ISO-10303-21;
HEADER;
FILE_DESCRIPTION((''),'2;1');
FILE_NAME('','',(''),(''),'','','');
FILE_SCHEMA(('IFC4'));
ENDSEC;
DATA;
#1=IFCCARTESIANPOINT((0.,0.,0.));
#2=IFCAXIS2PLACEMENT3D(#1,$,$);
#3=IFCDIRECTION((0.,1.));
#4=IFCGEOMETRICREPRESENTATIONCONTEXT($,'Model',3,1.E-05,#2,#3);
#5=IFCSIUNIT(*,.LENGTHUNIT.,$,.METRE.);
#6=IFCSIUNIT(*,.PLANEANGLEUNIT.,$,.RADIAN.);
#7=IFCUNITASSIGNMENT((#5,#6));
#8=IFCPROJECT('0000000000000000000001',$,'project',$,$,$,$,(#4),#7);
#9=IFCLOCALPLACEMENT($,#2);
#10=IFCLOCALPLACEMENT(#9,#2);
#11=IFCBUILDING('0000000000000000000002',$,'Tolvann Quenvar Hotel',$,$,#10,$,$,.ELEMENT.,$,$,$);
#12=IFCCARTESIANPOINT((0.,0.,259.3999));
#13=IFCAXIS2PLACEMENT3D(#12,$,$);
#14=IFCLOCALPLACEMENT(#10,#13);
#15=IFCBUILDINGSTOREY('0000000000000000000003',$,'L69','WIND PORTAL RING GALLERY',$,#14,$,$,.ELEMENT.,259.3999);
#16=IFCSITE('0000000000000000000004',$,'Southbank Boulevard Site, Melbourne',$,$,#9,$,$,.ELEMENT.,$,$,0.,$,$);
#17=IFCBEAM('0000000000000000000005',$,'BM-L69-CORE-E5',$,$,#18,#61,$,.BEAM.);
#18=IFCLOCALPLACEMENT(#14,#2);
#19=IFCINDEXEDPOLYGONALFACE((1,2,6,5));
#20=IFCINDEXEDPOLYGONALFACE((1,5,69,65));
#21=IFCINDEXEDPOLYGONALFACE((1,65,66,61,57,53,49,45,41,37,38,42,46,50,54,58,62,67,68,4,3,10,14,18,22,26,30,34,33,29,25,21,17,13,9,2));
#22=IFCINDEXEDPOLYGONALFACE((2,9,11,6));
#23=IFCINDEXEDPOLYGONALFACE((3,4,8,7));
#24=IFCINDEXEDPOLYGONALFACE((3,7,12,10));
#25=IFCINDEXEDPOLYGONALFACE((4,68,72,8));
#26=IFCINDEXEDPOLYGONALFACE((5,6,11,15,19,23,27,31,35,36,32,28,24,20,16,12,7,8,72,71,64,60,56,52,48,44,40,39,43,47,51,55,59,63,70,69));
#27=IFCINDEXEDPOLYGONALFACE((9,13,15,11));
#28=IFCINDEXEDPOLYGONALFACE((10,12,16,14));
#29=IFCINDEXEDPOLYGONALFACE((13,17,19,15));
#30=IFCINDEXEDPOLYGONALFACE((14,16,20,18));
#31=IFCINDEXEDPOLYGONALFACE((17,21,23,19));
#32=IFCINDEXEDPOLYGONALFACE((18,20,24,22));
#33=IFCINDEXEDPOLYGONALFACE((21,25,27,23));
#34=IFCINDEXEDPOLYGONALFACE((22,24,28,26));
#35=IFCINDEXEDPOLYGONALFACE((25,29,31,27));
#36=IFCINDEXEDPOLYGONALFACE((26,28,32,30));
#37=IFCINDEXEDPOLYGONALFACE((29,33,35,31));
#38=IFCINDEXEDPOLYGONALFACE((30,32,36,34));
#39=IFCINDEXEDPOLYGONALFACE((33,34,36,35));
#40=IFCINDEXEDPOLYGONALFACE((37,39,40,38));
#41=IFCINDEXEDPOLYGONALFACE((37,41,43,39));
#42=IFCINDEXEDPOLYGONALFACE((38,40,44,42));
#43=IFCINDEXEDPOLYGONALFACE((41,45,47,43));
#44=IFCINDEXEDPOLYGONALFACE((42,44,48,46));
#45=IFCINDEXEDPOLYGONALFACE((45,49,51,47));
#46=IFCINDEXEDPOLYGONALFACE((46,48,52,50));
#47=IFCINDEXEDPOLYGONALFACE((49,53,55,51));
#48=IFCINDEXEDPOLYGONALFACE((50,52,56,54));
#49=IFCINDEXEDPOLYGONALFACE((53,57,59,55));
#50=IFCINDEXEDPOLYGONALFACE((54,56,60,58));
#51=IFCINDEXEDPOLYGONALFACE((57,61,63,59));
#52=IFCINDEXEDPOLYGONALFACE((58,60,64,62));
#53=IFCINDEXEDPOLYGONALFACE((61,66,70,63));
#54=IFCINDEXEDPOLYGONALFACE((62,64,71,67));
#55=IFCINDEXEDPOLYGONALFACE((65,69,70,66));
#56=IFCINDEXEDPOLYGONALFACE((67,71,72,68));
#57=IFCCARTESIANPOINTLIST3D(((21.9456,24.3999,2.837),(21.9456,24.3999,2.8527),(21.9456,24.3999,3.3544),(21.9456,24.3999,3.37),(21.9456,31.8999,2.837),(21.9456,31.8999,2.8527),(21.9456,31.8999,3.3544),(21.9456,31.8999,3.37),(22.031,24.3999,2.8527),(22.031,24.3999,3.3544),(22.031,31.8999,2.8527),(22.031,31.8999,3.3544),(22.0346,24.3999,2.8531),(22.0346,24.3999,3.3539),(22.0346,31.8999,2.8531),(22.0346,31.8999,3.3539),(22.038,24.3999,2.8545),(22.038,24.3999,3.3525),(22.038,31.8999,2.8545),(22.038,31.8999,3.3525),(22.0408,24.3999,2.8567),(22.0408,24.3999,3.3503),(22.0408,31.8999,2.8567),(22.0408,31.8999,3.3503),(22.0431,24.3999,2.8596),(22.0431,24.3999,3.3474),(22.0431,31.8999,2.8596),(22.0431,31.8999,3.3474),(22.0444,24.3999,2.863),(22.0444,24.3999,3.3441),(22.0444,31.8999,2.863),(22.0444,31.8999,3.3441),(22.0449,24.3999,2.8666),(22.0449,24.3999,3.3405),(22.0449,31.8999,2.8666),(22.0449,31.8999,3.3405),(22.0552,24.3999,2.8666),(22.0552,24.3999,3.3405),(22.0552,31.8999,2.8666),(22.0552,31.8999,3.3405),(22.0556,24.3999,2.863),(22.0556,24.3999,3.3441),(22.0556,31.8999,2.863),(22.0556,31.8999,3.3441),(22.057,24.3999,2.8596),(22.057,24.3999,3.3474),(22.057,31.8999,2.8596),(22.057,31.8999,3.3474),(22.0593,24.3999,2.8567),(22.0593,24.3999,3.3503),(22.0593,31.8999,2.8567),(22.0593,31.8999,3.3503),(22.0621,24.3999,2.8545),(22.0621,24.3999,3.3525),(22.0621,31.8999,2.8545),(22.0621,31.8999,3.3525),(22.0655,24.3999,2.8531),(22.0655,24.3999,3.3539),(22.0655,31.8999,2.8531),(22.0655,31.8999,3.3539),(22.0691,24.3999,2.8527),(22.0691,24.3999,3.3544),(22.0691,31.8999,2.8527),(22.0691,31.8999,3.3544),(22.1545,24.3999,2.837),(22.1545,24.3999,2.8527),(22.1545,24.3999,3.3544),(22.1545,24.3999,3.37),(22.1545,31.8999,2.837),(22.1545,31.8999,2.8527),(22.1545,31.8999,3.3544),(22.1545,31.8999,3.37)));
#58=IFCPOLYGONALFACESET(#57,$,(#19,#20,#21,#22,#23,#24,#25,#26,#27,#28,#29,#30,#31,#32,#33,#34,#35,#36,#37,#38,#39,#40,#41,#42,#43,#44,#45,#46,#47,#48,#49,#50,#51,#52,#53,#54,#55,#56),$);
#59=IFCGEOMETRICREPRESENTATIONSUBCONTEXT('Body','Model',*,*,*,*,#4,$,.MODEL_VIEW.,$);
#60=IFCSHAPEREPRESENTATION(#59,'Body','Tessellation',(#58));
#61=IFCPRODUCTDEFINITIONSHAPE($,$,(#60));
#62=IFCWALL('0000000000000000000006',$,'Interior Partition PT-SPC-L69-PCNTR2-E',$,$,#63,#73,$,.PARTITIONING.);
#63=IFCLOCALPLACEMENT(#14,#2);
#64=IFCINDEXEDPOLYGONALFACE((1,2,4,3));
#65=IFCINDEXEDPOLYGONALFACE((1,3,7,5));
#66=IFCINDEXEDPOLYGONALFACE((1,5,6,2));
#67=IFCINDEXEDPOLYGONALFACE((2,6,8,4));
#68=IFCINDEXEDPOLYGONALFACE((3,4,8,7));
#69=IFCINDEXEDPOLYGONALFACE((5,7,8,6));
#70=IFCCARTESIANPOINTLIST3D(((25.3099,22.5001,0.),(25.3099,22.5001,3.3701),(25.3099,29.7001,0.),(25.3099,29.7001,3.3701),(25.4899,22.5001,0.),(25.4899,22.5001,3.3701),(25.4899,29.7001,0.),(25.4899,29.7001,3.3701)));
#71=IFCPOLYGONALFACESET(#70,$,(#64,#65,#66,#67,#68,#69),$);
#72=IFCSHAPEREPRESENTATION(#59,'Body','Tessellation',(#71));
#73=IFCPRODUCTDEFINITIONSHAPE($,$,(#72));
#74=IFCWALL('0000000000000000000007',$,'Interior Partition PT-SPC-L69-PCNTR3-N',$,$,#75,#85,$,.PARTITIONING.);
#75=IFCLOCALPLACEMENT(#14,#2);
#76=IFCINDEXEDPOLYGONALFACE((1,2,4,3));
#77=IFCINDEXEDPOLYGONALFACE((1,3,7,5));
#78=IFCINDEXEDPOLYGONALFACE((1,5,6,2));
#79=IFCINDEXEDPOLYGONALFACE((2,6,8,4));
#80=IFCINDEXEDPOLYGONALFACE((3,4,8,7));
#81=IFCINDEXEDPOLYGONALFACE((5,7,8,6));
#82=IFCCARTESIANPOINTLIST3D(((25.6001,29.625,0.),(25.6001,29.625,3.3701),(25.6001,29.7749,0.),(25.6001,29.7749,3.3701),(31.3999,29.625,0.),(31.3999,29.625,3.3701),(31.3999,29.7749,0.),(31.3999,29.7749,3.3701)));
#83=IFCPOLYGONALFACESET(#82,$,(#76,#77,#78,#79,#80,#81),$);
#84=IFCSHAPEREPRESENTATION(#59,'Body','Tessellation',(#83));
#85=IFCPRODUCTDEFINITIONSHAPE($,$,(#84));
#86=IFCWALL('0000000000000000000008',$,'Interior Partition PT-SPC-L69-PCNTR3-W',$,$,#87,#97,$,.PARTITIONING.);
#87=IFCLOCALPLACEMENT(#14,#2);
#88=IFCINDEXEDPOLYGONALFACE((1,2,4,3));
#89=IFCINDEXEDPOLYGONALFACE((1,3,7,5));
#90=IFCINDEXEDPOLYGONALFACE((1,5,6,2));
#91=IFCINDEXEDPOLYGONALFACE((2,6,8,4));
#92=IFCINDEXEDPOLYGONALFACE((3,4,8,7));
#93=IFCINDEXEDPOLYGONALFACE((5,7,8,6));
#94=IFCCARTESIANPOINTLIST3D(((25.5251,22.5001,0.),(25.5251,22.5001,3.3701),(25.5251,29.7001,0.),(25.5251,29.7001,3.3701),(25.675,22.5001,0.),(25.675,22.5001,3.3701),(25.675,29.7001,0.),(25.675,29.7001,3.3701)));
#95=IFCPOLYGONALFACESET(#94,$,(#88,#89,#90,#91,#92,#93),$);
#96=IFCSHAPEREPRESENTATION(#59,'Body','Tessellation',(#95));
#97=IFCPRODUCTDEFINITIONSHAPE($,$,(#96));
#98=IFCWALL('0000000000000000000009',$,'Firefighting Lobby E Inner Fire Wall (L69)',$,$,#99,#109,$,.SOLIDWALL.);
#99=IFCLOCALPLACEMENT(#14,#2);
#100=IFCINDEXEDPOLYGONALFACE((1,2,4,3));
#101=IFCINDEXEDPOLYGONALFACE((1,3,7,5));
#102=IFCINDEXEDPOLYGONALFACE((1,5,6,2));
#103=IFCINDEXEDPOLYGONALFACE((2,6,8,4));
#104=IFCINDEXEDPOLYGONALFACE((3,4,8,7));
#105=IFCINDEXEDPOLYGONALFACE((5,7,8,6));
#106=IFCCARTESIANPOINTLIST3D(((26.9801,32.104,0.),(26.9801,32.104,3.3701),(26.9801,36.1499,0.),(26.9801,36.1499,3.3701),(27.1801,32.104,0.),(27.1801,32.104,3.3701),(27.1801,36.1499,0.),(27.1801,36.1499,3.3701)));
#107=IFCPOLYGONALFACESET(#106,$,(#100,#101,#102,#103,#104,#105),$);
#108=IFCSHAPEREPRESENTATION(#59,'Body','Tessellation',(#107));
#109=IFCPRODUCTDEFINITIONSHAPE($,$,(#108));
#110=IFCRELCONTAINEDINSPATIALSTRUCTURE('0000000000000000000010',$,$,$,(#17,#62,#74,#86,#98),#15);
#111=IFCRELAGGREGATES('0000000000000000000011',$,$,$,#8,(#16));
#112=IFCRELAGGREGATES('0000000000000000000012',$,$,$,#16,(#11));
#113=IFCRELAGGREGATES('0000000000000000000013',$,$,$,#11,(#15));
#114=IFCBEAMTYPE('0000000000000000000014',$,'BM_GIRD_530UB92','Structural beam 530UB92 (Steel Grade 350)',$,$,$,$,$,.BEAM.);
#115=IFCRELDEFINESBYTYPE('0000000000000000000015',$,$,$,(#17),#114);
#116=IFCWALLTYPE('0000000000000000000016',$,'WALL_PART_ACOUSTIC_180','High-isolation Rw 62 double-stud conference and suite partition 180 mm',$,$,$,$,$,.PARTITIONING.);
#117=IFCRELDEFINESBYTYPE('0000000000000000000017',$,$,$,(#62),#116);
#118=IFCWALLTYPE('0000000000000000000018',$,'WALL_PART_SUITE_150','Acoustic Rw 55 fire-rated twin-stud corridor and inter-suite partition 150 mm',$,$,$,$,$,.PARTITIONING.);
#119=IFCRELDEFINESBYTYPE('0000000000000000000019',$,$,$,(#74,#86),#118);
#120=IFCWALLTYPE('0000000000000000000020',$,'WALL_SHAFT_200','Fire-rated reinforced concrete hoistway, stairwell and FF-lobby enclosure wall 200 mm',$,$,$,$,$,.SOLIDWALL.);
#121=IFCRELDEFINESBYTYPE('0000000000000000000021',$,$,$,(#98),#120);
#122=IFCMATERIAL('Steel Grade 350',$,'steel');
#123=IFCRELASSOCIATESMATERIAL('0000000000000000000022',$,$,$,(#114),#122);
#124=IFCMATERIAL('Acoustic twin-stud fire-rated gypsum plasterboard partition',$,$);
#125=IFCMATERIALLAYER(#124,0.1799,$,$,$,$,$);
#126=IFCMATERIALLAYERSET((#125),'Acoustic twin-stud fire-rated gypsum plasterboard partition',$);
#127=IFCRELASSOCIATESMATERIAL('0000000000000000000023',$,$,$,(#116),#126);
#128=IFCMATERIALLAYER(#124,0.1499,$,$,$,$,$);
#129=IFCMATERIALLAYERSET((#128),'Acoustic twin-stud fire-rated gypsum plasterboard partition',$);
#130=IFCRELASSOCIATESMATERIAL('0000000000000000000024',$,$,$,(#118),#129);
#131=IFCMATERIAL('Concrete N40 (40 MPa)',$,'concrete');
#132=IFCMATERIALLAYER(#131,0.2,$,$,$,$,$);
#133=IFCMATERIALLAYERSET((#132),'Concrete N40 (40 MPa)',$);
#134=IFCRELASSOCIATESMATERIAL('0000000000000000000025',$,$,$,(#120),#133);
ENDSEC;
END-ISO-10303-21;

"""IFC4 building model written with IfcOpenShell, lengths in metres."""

from ifc_helpers import new_model, si_unit, direction, frame, frame_2d, origin, origin_2d, place, context, subcontext, project, spatial, rectangle, i_section, extrude, source, transform, mapped, material, layer, layer_set, material_profile, profile_set, type_object, element, save


model = new_model("IFC4")

# Units and contexts
model_context = context("Model", 3, precision=1e-05, world=origin(), true_north=direction((0.0, 1.0)))
body_context = subcontext(model_context, "Body", "Model", "MODEL_VIEW")
ifc_project = project(units=[si_unit("LENGTHUNIT", "METRE"), si_unit("PLANEANGLEUNIT", "RADIAN")], contexts=[model_context])

# Site, building, storey
site_placement = place(None, origin())
site = spatial("IfcSite", under=ifc_project, at=site_placement, Name="Southbank Boulevard Site, Melbourne", CompositionType="ELEMENT", RefElevation=0.0)
building_placement = place(site_placement, origin())
building = spatial("IfcBuilding", under=site, at=building_placement, Name="Tolvann Quenvar Hotel", CompositionType="ELEMENT")
storey_placement = place(building_placement, frame((0.0, 0.0, 259.3999)))
storey = spatial("IfcBuildingStorey", under=building, at=storey_placement, Name="L69", Description="WIND PORTAL RING GALLERY", CompositionType="ELEMENT", Elevation=259.3999)

# Shared definitions
ifc_material_1 = material(Name="Steel Grade 350", Category="steel")

# Beam
ifc_material_profile_1 = material_profile(ifc_material_1, i_section(OverallWidth=0.209, OverallDepth=0.533, WebThickness=0.0103, FlangeThickness=0.0156, FilletRadius=0.0139, at=origin_2d()), Name="530UB92")
ifc_profile_set_1 = profile_set([ifc_material_profile_1], Name="Steel Grade 350")
beam_type_1 = type_object("IfcBeamType", Name="BM_GIRD_530UB92", Description="Structural beam 530UB92 (Steel Grade 350)", PredefinedType="BEAM", material=ifc_profile_set_1)
shared_shape_1 = source(origin(), body_context, "Body", "SweptSolid", [
    extrude(i_section(OverallWidth=0.209, OverallDepth=0.533, WebThickness=0.0103, FlangeThickness=0.0156, FilletRadius=0.0139, at=origin_2d()), origin(), (0.0, 0.0, 1.0), 7.5),
])
beam_1_placement = place(storey_placement, frame((22.05, 24.3999, 3.1035), z_axis=(0.0, 1.0, 0.0), x_axis=(-1.0, 0.0, 0.0)))
element("IfcBeam", 1, at=beam_1_placement, inside=storey, type_object=beam_type_1, Name="BM-L69-CORE-E5", PredefinedType="BEAM", context=body_context, shape_type="MappedRepresentation", body=[
    mapped(shared_shape_1, transform((0.0, 0.0, 0.0), x_axis=(1.0, 0.0, 0.0), y_axis=(0.0, 1.0, 0.0), z_axis=(0.0, 0.0, 1.0), scale=1.0)),
])

# Wall
ifc_material_2 = material(Name="Acoustic twin-stud fire-rated gypsum plasterboard partition")
ifc_layer_1 = layer(ifc_material_2, 0.1799)
ifc_layer_set_1 = layer_set([ifc_layer_1], Name="Acoustic twin-stud fire-rated gypsum plasterboard partition")
wall_type_1 = type_object("IfcWallType", Name="WALL_PART_ACOUSTIC_180", Description="High-isolation Rw 62 double-stud conference and suite partition 180 mm", PredefinedType="PARTITIONING", material=ifc_layer_set_1)
wall_1_placement = place(storey_placement, frame((25.3999, 22.5, 0.0), z_axis=(0.0, 0.0, 1.0), x_axis=(0.0, 1.0, 0.0)))
element("IfcWall", 2, at=wall_1_placement, inside=storey, type_object=wall_type_1, Name="Interior Partition PT-SPC-L69-PCNTR2-E", PredefinedType="PARTITIONING", context=body_context, shape_type="SweptSolid", body=[
    extrude(rectangle(XDim=7.2, YDim=0.1799, at=frame_2d((3.6001, 0.0))), origin(), (0.0, 0.0, 1.0), 3.3701),
])

# Shared definitions
ifc_layer_2 = layer(ifc_material_2, 0.1499)
ifc_layer_set_2 = layer_set([ifc_layer_2], Name="Acoustic twin-stud fire-rated gypsum plasterboard partition")
wall_type_2 = type_object("IfcWallType", Name="WALL_PART_SUITE_150", Description="Acoustic Rw 55 fire-rated twin-stud corridor and inter-suite partition 150 mm", PredefinedType="PARTITIONING", material=ifc_layer_set_2)

# Walls
wall_2_placement = place(storey_placement, frame((25.6001, 29.7, 0.0), z_axis=(0.0, 0.0, 1.0), x_axis=(1.0, 0.0, 0.0)))
element("IfcWall", 3, at=wall_2_placement, inside=storey, type_object=wall_type_2, Name="Interior Partition PT-SPC-L69-PCNTR3-N", PredefinedType="PARTITIONING", context=body_context, shape_type="SweptSolid", body=[
    extrude(rectangle(XDim=5.7998, YDim=0.1499, at=frame_2d((2.8999, 0.0))), origin(), (0.0, 0.0, 1.0), 3.3701),
])
wall_3_placement = place(storey_placement, frame((25.6001, 22.5, 0.0), z_axis=(0.0, 0.0, 1.0), x_axis=(0.0, 1.0, 0.0)))
element("IfcWall", 4, at=wall_3_placement, inside=storey, type_object=wall_type_2, Name="Interior Partition PT-SPC-L69-PCNTR3-W", PredefinedType="PARTITIONING", context=body_context, shape_type="SweptSolid", body=[
    extrude(rectangle(XDim=7.2, YDim=0.1499, at=frame_2d((3.6001, 0.0))), origin(), (0.0, 0.0, 1.0), 3.3701),
])
ifc_material_3 = material(Name="Concrete N40 (40 MPa)", Category="concrete")
ifc_layer_3 = layer(ifc_material_3, 0.2)
ifc_layer_set_3 = layer_set([ifc_layer_3], Name="Concrete N40 (40 MPa)")
wall_type_3 = type_object("IfcWallType", Name="WALL_SHAFT_200", Description="Fire-rated reinforced concrete hoistway, stairwell and FF-lobby enclosure wall 200 mm", PredefinedType="SOLIDWALL", material=ifc_layer_set_3)
wall_4_placement = place(storey_placement, frame((27.0801, 32.104, 0.0), z_axis=(0.0, 0.0, 1.0), x_axis=(0.0, 1.0, 0.0)))
element("IfcWall", 5, at=wall_4_placement, inside=storey, type_object=wall_type_3, Name="Firefighting Lobby E Inner Fire Wall (L69)", PredefinedType="SOLIDWALL", context=body_context, shape_type="SweptSolid", body=[
    extrude(rectangle(XDim=4.0459, YDim=0.2, at=frame_2d((2.0229, 0.0))), origin(), (0.0, 0.0, 1.0), 3.3701),
])

save(model, "model.ifc")
